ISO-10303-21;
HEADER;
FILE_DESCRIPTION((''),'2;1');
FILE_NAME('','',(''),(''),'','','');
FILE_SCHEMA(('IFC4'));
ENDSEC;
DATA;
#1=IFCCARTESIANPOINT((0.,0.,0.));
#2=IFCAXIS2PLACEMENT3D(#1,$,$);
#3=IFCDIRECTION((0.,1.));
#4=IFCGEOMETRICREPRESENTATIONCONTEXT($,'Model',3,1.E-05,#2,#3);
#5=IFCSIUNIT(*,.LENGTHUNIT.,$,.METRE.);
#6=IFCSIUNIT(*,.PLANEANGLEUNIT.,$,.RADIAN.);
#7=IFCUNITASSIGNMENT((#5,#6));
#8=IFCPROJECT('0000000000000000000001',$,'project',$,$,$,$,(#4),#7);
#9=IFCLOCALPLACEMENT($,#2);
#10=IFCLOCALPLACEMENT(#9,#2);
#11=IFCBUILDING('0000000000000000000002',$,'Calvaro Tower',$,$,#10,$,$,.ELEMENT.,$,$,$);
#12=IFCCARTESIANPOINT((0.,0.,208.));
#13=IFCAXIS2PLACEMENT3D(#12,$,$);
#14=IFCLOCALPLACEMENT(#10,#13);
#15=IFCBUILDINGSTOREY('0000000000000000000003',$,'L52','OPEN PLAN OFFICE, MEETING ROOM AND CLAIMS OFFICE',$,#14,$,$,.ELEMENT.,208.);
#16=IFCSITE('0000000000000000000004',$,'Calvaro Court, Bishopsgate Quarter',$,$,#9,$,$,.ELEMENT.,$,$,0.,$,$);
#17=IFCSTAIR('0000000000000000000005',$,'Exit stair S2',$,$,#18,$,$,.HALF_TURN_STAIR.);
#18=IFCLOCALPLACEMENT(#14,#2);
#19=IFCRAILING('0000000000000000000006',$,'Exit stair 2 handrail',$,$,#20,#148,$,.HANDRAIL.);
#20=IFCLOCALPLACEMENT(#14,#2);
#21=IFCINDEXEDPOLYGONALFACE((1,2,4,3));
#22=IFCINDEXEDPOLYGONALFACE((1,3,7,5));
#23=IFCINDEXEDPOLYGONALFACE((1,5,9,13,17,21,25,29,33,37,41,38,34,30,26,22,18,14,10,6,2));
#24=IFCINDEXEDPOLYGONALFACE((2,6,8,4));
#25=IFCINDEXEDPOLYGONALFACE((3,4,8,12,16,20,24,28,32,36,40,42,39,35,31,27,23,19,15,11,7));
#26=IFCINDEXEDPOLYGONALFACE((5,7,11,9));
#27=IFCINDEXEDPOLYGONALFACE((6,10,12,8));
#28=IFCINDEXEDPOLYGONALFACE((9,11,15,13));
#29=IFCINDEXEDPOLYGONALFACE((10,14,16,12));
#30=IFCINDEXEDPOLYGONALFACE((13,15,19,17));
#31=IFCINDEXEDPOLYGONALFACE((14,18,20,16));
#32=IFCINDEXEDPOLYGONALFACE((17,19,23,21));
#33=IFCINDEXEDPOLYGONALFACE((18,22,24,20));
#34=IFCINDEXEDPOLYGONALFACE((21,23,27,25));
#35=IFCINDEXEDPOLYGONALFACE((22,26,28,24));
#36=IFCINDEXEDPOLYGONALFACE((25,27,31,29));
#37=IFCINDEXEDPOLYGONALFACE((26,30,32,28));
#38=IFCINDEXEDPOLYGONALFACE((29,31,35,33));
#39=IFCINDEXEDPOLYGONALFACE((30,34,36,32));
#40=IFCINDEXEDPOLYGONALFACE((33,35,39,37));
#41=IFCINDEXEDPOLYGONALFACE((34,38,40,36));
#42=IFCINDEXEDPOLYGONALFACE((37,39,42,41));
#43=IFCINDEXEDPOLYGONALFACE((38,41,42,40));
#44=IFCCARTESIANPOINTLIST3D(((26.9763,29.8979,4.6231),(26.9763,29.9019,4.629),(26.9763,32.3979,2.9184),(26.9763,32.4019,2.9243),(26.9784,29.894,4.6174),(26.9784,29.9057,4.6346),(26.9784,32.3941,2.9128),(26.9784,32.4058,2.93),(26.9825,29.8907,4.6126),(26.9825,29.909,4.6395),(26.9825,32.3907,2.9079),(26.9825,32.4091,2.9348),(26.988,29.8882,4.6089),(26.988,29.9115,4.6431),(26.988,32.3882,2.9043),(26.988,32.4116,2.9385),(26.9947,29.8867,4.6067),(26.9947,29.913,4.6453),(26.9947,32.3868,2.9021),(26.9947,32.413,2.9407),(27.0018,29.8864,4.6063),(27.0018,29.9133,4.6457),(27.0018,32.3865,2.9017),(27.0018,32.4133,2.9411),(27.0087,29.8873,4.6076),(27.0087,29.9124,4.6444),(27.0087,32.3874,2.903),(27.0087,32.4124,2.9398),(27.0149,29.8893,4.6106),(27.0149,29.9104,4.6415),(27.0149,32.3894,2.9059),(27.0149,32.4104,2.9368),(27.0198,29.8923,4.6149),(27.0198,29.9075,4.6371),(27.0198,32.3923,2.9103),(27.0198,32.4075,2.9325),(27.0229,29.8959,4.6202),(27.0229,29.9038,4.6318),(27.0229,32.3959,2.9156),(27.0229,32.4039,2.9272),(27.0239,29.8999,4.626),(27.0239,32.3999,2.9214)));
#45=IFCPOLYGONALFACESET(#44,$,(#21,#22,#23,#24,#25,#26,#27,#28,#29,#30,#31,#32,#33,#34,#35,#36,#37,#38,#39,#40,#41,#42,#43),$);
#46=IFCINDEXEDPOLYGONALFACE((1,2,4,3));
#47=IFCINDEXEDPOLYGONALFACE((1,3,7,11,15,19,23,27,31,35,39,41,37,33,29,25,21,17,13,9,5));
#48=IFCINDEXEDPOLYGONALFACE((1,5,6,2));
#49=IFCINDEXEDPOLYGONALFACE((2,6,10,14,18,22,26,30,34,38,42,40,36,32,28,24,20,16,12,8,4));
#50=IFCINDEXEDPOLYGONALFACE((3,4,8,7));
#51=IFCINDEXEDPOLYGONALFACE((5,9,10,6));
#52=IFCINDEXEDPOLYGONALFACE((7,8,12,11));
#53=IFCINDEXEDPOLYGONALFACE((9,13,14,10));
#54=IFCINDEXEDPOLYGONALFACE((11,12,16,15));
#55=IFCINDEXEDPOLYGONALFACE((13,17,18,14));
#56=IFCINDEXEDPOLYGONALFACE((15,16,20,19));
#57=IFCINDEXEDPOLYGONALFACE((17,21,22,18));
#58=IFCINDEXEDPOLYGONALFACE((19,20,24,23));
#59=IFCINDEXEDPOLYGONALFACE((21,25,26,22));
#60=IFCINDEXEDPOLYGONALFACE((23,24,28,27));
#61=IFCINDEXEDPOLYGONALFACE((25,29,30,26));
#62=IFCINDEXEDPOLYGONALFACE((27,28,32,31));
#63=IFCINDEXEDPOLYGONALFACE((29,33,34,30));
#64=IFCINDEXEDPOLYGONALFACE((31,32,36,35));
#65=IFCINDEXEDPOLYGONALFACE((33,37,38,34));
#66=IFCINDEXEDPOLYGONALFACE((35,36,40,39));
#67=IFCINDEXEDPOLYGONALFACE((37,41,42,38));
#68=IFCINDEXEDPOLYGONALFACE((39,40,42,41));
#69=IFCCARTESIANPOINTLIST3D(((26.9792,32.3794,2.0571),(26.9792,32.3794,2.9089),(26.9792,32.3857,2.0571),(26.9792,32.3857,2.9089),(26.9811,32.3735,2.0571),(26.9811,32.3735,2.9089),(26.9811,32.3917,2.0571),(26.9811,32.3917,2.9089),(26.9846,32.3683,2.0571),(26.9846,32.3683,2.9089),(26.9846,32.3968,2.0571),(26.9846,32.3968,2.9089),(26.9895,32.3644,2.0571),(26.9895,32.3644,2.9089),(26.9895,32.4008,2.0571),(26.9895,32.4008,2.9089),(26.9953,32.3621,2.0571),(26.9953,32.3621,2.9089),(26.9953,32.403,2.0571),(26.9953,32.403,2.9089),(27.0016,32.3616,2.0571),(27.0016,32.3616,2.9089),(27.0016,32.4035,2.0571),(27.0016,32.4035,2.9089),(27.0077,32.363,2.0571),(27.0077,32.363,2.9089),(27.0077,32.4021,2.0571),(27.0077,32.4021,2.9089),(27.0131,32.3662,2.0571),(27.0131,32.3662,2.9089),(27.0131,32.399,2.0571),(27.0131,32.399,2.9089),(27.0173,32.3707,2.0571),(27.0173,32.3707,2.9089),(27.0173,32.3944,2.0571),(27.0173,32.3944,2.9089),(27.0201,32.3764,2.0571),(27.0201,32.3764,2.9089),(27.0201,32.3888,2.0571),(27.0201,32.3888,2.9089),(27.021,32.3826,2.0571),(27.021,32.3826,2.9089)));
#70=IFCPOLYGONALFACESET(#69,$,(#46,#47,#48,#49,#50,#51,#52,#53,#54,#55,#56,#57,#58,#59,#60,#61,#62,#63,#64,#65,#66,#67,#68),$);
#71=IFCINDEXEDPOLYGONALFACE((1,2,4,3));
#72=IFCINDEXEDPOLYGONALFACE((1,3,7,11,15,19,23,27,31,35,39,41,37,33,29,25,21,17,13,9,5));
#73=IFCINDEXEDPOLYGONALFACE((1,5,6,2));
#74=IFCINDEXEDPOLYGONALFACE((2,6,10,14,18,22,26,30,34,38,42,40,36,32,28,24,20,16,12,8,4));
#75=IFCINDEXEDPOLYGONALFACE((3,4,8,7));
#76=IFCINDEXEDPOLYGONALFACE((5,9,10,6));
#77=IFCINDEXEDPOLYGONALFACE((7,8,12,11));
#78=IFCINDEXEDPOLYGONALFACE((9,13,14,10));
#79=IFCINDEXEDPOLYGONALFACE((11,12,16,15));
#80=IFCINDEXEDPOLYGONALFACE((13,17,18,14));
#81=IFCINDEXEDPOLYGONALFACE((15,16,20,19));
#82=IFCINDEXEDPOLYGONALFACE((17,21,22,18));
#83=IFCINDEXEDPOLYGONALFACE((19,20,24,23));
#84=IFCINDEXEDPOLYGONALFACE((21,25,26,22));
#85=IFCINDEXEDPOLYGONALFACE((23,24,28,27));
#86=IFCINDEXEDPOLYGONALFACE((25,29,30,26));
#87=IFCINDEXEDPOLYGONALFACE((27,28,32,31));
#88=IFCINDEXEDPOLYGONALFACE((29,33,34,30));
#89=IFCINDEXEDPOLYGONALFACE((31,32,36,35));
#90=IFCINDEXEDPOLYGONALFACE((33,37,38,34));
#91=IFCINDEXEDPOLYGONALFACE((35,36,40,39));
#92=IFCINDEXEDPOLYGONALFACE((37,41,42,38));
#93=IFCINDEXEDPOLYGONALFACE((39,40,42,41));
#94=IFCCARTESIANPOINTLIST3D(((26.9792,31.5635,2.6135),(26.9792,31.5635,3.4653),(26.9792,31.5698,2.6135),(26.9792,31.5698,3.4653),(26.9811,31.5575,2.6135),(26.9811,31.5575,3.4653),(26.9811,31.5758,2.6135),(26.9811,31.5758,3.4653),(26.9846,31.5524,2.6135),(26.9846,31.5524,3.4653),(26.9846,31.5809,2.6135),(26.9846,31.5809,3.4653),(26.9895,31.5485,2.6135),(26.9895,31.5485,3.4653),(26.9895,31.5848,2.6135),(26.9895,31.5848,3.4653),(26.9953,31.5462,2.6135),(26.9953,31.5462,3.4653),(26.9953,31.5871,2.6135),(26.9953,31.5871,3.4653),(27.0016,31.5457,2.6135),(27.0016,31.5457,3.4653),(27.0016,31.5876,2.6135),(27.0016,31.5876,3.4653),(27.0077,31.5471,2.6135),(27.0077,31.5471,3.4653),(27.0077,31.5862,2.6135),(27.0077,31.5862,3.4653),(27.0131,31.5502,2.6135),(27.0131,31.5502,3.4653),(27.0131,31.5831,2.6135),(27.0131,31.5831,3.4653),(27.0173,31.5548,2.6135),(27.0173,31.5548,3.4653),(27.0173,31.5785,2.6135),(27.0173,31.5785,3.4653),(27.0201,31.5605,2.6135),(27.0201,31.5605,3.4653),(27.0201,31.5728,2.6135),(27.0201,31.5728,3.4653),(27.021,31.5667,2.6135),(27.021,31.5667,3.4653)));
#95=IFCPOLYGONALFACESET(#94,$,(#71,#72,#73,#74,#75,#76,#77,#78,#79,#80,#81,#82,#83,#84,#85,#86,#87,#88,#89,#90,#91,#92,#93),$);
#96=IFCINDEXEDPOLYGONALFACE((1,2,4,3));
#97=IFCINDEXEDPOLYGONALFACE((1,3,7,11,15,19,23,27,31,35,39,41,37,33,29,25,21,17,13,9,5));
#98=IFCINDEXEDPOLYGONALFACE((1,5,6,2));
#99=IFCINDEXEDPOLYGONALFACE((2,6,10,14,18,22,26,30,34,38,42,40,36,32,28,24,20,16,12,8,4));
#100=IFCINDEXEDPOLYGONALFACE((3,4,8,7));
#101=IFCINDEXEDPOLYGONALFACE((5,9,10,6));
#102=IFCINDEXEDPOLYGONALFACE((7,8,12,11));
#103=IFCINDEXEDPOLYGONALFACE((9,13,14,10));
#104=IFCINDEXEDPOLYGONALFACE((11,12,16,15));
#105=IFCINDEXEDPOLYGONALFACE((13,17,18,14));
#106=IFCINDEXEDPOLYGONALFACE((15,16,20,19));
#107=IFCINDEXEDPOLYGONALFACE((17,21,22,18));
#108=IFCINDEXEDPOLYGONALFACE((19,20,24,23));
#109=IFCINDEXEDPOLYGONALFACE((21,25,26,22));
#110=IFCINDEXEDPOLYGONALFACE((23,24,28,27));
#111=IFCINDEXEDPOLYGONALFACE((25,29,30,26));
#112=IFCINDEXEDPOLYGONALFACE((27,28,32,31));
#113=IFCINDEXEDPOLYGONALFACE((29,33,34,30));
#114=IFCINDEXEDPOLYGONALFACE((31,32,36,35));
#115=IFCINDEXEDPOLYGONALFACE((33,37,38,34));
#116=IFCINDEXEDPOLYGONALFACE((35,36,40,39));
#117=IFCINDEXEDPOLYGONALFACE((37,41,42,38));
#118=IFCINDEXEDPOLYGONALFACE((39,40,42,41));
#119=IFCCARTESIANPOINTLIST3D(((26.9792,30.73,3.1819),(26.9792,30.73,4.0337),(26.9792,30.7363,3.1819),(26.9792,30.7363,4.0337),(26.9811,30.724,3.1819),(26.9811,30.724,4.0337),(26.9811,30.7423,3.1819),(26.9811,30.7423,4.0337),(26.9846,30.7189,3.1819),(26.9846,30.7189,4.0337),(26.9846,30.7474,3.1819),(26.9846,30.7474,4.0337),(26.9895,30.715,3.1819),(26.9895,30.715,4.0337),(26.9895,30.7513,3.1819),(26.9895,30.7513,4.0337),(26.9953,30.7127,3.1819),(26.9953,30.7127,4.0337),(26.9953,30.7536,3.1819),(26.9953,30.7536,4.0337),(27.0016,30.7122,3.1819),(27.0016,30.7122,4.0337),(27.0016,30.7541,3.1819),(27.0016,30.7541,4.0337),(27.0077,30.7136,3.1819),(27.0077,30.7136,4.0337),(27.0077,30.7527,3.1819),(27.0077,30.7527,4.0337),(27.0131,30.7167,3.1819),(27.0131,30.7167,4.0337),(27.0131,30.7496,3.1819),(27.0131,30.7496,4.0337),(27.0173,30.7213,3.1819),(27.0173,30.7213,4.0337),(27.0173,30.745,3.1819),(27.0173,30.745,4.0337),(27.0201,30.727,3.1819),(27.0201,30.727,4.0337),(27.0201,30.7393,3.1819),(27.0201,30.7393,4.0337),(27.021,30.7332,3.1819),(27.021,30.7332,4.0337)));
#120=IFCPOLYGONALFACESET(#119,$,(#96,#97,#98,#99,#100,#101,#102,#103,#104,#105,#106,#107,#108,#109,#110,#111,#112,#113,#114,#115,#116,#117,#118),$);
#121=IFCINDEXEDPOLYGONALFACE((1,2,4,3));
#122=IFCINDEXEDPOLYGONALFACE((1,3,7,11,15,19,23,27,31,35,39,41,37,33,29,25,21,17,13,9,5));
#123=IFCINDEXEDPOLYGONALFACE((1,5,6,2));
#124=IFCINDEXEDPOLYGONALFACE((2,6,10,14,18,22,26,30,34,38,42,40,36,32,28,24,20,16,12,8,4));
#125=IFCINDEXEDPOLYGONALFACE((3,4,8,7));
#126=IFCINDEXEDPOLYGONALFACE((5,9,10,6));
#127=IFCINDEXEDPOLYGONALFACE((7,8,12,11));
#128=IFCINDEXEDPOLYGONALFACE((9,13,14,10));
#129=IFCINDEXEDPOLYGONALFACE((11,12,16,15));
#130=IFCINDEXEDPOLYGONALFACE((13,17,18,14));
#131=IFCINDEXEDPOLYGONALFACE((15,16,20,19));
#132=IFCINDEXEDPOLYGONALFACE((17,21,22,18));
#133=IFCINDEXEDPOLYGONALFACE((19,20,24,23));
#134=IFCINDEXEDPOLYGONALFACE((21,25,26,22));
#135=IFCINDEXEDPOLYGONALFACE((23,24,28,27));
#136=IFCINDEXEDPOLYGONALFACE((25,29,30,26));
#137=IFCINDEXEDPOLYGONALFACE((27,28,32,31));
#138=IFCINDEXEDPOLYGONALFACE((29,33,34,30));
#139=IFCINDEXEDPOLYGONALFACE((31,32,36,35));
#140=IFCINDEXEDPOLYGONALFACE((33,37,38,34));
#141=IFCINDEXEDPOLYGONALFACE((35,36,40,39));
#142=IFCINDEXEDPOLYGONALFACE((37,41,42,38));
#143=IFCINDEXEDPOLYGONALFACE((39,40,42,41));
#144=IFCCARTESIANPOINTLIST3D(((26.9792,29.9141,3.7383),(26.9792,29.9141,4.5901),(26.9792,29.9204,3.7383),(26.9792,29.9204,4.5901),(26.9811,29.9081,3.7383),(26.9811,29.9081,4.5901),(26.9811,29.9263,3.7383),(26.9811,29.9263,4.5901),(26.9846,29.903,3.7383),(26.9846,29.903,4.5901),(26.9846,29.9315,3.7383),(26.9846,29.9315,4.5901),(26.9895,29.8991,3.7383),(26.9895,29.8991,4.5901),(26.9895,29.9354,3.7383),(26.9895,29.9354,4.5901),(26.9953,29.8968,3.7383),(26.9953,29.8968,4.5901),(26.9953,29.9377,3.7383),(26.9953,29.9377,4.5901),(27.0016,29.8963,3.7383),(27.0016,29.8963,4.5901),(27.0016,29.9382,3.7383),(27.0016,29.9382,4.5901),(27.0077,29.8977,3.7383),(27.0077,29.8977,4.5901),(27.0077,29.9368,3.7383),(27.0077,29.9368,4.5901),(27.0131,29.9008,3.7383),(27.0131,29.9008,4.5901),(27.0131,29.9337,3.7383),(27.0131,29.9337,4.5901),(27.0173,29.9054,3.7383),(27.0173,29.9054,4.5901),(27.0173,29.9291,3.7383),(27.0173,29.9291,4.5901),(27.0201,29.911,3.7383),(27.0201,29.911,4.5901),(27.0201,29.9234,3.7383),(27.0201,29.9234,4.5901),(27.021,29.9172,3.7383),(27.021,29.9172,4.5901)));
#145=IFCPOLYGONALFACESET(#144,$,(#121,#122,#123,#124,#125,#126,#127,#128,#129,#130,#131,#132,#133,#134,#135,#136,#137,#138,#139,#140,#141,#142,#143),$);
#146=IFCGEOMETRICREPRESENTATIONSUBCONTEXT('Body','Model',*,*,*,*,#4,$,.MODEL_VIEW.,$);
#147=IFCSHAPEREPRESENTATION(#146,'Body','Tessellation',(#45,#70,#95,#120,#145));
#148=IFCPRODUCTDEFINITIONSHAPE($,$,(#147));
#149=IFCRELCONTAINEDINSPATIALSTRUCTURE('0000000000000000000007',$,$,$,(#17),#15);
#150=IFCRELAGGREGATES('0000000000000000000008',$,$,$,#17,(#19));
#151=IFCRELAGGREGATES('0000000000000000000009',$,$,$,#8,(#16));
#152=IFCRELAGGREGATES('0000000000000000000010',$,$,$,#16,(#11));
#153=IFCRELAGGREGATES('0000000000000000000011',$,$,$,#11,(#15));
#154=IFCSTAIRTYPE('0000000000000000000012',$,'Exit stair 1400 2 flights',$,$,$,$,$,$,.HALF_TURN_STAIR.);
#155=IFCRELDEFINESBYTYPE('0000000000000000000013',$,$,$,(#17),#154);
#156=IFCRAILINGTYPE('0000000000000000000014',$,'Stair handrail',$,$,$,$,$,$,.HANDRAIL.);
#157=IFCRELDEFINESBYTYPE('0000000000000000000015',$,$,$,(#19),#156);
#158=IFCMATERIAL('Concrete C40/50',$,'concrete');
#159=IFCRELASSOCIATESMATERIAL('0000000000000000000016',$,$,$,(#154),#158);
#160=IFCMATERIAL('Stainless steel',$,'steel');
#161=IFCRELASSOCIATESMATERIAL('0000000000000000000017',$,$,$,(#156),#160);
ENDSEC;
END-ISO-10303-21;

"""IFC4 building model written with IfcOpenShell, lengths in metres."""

from ifc_helpers import new_model, si_unit, direction, frame, origin, origin_2d, place, context, subcontext, project, spatial, circle, extrude, material, type_object, element, aggregate, save


model = new_model("IFC4")

# Units and contexts
model_context = context("Model", 3, precision=1e-05, world=origin(), true_north=direction((0.0, 1.0)))
body_context = subcontext(model_context, "Body", "Model", "MODEL_VIEW")
ifc_project = project(units=[si_unit("LENGTHUNIT", "METRE"), si_unit("PLANEANGLEUNIT", "RADIAN")], contexts=[model_context])

# Site, building, storey
site_placement = place(None, origin())
site = spatial("IfcSite", under=ifc_project, at=site_placement, Name="Calvaro Court, Bishopsgate Quarter", CompositionType="ELEMENT", RefElevation=0.0)
building_placement = place(site_placement, origin())
building = spatial("IfcBuilding", under=site, at=building_placement, Name="Calvaro Tower", CompositionType="ELEMENT")
storey_placement = place(building_placement, frame((0.0, 0.0, 208.0)))
storey = spatial("IfcBuildingStorey", under=building, at=storey_placement, Name="L52", Description="OPEN PLAN OFFICE, MEETING ROOM AND CLAIMS OFFICE", CompositionType="ELEMENT", Elevation=208.0)

# Stair, railing
ifc_material_1 = material(Name="Concrete C40/50", Category="concrete")
stair_type = type_object("IfcStairType", Name="Exit stair 1400 2 flights", PredefinedType="HALF_TURN_STAIR", material=ifc_material_1)
stair_placement = place(storey_placement, origin())
stair = element("IfcStair", 1, at=stair_placement, inside=storey, type_object=stair_type, Name="Exit stair S2", PredefinedType="HALF_TURN_STAIR")
ifc_material_2 = material(Name="Stainless steel", Category="steel")
railing_type = type_object("IfcRailingType", Name="Stair handrail", PredefinedType="HANDRAIL", material=ifc_material_2)
railing_1_placement = place(storey_placement, frame((27.0, 32.3999, 2.0454)))
railing_1 = element("IfcRailing", 2, at=railing_1_placement, type_object=railing_type, Name="Exit stair 2 handrail", PredefinedType="HANDRAIL", context=body_context, shape_type="SweptSolid", body=[
    extrude(circle(Radius=0.0239, at=origin_2d()), frame((0.0, 0.0, 0.876), z_axis=(0.0, -0.826221, 0.563347), x_axis=(1.0, 0.0, 0.0)), (0.0, 0.0, 1.0), 3.0259),
    extrude(circle(Radius=0.021, at=origin_2d()), frame((0.0, -0.0173, 0.0117)), (0.0, 0.0, 1.0), 0.8518),
    extrude(circle(Radius=0.021, at=origin_2d()), frame((0.0, -0.8333, 0.5681)), (0.0, 0.0, 1.0), 0.8518),
    extrude(circle(Radius=0.021, at=origin_2d()), frame((0.0, -1.6667, 1.1365)), (0.0, 0.0, 1.0), 0.8518),
    extrude(circle(Radius=0.021, at=origin_2d()), frame((0.0, -2.4827, 1.6929)), (0.0, 0.0, 1.0), 0.8518),
])
aggregate(stair, [railing_1])

save(model, "model.ifc")
